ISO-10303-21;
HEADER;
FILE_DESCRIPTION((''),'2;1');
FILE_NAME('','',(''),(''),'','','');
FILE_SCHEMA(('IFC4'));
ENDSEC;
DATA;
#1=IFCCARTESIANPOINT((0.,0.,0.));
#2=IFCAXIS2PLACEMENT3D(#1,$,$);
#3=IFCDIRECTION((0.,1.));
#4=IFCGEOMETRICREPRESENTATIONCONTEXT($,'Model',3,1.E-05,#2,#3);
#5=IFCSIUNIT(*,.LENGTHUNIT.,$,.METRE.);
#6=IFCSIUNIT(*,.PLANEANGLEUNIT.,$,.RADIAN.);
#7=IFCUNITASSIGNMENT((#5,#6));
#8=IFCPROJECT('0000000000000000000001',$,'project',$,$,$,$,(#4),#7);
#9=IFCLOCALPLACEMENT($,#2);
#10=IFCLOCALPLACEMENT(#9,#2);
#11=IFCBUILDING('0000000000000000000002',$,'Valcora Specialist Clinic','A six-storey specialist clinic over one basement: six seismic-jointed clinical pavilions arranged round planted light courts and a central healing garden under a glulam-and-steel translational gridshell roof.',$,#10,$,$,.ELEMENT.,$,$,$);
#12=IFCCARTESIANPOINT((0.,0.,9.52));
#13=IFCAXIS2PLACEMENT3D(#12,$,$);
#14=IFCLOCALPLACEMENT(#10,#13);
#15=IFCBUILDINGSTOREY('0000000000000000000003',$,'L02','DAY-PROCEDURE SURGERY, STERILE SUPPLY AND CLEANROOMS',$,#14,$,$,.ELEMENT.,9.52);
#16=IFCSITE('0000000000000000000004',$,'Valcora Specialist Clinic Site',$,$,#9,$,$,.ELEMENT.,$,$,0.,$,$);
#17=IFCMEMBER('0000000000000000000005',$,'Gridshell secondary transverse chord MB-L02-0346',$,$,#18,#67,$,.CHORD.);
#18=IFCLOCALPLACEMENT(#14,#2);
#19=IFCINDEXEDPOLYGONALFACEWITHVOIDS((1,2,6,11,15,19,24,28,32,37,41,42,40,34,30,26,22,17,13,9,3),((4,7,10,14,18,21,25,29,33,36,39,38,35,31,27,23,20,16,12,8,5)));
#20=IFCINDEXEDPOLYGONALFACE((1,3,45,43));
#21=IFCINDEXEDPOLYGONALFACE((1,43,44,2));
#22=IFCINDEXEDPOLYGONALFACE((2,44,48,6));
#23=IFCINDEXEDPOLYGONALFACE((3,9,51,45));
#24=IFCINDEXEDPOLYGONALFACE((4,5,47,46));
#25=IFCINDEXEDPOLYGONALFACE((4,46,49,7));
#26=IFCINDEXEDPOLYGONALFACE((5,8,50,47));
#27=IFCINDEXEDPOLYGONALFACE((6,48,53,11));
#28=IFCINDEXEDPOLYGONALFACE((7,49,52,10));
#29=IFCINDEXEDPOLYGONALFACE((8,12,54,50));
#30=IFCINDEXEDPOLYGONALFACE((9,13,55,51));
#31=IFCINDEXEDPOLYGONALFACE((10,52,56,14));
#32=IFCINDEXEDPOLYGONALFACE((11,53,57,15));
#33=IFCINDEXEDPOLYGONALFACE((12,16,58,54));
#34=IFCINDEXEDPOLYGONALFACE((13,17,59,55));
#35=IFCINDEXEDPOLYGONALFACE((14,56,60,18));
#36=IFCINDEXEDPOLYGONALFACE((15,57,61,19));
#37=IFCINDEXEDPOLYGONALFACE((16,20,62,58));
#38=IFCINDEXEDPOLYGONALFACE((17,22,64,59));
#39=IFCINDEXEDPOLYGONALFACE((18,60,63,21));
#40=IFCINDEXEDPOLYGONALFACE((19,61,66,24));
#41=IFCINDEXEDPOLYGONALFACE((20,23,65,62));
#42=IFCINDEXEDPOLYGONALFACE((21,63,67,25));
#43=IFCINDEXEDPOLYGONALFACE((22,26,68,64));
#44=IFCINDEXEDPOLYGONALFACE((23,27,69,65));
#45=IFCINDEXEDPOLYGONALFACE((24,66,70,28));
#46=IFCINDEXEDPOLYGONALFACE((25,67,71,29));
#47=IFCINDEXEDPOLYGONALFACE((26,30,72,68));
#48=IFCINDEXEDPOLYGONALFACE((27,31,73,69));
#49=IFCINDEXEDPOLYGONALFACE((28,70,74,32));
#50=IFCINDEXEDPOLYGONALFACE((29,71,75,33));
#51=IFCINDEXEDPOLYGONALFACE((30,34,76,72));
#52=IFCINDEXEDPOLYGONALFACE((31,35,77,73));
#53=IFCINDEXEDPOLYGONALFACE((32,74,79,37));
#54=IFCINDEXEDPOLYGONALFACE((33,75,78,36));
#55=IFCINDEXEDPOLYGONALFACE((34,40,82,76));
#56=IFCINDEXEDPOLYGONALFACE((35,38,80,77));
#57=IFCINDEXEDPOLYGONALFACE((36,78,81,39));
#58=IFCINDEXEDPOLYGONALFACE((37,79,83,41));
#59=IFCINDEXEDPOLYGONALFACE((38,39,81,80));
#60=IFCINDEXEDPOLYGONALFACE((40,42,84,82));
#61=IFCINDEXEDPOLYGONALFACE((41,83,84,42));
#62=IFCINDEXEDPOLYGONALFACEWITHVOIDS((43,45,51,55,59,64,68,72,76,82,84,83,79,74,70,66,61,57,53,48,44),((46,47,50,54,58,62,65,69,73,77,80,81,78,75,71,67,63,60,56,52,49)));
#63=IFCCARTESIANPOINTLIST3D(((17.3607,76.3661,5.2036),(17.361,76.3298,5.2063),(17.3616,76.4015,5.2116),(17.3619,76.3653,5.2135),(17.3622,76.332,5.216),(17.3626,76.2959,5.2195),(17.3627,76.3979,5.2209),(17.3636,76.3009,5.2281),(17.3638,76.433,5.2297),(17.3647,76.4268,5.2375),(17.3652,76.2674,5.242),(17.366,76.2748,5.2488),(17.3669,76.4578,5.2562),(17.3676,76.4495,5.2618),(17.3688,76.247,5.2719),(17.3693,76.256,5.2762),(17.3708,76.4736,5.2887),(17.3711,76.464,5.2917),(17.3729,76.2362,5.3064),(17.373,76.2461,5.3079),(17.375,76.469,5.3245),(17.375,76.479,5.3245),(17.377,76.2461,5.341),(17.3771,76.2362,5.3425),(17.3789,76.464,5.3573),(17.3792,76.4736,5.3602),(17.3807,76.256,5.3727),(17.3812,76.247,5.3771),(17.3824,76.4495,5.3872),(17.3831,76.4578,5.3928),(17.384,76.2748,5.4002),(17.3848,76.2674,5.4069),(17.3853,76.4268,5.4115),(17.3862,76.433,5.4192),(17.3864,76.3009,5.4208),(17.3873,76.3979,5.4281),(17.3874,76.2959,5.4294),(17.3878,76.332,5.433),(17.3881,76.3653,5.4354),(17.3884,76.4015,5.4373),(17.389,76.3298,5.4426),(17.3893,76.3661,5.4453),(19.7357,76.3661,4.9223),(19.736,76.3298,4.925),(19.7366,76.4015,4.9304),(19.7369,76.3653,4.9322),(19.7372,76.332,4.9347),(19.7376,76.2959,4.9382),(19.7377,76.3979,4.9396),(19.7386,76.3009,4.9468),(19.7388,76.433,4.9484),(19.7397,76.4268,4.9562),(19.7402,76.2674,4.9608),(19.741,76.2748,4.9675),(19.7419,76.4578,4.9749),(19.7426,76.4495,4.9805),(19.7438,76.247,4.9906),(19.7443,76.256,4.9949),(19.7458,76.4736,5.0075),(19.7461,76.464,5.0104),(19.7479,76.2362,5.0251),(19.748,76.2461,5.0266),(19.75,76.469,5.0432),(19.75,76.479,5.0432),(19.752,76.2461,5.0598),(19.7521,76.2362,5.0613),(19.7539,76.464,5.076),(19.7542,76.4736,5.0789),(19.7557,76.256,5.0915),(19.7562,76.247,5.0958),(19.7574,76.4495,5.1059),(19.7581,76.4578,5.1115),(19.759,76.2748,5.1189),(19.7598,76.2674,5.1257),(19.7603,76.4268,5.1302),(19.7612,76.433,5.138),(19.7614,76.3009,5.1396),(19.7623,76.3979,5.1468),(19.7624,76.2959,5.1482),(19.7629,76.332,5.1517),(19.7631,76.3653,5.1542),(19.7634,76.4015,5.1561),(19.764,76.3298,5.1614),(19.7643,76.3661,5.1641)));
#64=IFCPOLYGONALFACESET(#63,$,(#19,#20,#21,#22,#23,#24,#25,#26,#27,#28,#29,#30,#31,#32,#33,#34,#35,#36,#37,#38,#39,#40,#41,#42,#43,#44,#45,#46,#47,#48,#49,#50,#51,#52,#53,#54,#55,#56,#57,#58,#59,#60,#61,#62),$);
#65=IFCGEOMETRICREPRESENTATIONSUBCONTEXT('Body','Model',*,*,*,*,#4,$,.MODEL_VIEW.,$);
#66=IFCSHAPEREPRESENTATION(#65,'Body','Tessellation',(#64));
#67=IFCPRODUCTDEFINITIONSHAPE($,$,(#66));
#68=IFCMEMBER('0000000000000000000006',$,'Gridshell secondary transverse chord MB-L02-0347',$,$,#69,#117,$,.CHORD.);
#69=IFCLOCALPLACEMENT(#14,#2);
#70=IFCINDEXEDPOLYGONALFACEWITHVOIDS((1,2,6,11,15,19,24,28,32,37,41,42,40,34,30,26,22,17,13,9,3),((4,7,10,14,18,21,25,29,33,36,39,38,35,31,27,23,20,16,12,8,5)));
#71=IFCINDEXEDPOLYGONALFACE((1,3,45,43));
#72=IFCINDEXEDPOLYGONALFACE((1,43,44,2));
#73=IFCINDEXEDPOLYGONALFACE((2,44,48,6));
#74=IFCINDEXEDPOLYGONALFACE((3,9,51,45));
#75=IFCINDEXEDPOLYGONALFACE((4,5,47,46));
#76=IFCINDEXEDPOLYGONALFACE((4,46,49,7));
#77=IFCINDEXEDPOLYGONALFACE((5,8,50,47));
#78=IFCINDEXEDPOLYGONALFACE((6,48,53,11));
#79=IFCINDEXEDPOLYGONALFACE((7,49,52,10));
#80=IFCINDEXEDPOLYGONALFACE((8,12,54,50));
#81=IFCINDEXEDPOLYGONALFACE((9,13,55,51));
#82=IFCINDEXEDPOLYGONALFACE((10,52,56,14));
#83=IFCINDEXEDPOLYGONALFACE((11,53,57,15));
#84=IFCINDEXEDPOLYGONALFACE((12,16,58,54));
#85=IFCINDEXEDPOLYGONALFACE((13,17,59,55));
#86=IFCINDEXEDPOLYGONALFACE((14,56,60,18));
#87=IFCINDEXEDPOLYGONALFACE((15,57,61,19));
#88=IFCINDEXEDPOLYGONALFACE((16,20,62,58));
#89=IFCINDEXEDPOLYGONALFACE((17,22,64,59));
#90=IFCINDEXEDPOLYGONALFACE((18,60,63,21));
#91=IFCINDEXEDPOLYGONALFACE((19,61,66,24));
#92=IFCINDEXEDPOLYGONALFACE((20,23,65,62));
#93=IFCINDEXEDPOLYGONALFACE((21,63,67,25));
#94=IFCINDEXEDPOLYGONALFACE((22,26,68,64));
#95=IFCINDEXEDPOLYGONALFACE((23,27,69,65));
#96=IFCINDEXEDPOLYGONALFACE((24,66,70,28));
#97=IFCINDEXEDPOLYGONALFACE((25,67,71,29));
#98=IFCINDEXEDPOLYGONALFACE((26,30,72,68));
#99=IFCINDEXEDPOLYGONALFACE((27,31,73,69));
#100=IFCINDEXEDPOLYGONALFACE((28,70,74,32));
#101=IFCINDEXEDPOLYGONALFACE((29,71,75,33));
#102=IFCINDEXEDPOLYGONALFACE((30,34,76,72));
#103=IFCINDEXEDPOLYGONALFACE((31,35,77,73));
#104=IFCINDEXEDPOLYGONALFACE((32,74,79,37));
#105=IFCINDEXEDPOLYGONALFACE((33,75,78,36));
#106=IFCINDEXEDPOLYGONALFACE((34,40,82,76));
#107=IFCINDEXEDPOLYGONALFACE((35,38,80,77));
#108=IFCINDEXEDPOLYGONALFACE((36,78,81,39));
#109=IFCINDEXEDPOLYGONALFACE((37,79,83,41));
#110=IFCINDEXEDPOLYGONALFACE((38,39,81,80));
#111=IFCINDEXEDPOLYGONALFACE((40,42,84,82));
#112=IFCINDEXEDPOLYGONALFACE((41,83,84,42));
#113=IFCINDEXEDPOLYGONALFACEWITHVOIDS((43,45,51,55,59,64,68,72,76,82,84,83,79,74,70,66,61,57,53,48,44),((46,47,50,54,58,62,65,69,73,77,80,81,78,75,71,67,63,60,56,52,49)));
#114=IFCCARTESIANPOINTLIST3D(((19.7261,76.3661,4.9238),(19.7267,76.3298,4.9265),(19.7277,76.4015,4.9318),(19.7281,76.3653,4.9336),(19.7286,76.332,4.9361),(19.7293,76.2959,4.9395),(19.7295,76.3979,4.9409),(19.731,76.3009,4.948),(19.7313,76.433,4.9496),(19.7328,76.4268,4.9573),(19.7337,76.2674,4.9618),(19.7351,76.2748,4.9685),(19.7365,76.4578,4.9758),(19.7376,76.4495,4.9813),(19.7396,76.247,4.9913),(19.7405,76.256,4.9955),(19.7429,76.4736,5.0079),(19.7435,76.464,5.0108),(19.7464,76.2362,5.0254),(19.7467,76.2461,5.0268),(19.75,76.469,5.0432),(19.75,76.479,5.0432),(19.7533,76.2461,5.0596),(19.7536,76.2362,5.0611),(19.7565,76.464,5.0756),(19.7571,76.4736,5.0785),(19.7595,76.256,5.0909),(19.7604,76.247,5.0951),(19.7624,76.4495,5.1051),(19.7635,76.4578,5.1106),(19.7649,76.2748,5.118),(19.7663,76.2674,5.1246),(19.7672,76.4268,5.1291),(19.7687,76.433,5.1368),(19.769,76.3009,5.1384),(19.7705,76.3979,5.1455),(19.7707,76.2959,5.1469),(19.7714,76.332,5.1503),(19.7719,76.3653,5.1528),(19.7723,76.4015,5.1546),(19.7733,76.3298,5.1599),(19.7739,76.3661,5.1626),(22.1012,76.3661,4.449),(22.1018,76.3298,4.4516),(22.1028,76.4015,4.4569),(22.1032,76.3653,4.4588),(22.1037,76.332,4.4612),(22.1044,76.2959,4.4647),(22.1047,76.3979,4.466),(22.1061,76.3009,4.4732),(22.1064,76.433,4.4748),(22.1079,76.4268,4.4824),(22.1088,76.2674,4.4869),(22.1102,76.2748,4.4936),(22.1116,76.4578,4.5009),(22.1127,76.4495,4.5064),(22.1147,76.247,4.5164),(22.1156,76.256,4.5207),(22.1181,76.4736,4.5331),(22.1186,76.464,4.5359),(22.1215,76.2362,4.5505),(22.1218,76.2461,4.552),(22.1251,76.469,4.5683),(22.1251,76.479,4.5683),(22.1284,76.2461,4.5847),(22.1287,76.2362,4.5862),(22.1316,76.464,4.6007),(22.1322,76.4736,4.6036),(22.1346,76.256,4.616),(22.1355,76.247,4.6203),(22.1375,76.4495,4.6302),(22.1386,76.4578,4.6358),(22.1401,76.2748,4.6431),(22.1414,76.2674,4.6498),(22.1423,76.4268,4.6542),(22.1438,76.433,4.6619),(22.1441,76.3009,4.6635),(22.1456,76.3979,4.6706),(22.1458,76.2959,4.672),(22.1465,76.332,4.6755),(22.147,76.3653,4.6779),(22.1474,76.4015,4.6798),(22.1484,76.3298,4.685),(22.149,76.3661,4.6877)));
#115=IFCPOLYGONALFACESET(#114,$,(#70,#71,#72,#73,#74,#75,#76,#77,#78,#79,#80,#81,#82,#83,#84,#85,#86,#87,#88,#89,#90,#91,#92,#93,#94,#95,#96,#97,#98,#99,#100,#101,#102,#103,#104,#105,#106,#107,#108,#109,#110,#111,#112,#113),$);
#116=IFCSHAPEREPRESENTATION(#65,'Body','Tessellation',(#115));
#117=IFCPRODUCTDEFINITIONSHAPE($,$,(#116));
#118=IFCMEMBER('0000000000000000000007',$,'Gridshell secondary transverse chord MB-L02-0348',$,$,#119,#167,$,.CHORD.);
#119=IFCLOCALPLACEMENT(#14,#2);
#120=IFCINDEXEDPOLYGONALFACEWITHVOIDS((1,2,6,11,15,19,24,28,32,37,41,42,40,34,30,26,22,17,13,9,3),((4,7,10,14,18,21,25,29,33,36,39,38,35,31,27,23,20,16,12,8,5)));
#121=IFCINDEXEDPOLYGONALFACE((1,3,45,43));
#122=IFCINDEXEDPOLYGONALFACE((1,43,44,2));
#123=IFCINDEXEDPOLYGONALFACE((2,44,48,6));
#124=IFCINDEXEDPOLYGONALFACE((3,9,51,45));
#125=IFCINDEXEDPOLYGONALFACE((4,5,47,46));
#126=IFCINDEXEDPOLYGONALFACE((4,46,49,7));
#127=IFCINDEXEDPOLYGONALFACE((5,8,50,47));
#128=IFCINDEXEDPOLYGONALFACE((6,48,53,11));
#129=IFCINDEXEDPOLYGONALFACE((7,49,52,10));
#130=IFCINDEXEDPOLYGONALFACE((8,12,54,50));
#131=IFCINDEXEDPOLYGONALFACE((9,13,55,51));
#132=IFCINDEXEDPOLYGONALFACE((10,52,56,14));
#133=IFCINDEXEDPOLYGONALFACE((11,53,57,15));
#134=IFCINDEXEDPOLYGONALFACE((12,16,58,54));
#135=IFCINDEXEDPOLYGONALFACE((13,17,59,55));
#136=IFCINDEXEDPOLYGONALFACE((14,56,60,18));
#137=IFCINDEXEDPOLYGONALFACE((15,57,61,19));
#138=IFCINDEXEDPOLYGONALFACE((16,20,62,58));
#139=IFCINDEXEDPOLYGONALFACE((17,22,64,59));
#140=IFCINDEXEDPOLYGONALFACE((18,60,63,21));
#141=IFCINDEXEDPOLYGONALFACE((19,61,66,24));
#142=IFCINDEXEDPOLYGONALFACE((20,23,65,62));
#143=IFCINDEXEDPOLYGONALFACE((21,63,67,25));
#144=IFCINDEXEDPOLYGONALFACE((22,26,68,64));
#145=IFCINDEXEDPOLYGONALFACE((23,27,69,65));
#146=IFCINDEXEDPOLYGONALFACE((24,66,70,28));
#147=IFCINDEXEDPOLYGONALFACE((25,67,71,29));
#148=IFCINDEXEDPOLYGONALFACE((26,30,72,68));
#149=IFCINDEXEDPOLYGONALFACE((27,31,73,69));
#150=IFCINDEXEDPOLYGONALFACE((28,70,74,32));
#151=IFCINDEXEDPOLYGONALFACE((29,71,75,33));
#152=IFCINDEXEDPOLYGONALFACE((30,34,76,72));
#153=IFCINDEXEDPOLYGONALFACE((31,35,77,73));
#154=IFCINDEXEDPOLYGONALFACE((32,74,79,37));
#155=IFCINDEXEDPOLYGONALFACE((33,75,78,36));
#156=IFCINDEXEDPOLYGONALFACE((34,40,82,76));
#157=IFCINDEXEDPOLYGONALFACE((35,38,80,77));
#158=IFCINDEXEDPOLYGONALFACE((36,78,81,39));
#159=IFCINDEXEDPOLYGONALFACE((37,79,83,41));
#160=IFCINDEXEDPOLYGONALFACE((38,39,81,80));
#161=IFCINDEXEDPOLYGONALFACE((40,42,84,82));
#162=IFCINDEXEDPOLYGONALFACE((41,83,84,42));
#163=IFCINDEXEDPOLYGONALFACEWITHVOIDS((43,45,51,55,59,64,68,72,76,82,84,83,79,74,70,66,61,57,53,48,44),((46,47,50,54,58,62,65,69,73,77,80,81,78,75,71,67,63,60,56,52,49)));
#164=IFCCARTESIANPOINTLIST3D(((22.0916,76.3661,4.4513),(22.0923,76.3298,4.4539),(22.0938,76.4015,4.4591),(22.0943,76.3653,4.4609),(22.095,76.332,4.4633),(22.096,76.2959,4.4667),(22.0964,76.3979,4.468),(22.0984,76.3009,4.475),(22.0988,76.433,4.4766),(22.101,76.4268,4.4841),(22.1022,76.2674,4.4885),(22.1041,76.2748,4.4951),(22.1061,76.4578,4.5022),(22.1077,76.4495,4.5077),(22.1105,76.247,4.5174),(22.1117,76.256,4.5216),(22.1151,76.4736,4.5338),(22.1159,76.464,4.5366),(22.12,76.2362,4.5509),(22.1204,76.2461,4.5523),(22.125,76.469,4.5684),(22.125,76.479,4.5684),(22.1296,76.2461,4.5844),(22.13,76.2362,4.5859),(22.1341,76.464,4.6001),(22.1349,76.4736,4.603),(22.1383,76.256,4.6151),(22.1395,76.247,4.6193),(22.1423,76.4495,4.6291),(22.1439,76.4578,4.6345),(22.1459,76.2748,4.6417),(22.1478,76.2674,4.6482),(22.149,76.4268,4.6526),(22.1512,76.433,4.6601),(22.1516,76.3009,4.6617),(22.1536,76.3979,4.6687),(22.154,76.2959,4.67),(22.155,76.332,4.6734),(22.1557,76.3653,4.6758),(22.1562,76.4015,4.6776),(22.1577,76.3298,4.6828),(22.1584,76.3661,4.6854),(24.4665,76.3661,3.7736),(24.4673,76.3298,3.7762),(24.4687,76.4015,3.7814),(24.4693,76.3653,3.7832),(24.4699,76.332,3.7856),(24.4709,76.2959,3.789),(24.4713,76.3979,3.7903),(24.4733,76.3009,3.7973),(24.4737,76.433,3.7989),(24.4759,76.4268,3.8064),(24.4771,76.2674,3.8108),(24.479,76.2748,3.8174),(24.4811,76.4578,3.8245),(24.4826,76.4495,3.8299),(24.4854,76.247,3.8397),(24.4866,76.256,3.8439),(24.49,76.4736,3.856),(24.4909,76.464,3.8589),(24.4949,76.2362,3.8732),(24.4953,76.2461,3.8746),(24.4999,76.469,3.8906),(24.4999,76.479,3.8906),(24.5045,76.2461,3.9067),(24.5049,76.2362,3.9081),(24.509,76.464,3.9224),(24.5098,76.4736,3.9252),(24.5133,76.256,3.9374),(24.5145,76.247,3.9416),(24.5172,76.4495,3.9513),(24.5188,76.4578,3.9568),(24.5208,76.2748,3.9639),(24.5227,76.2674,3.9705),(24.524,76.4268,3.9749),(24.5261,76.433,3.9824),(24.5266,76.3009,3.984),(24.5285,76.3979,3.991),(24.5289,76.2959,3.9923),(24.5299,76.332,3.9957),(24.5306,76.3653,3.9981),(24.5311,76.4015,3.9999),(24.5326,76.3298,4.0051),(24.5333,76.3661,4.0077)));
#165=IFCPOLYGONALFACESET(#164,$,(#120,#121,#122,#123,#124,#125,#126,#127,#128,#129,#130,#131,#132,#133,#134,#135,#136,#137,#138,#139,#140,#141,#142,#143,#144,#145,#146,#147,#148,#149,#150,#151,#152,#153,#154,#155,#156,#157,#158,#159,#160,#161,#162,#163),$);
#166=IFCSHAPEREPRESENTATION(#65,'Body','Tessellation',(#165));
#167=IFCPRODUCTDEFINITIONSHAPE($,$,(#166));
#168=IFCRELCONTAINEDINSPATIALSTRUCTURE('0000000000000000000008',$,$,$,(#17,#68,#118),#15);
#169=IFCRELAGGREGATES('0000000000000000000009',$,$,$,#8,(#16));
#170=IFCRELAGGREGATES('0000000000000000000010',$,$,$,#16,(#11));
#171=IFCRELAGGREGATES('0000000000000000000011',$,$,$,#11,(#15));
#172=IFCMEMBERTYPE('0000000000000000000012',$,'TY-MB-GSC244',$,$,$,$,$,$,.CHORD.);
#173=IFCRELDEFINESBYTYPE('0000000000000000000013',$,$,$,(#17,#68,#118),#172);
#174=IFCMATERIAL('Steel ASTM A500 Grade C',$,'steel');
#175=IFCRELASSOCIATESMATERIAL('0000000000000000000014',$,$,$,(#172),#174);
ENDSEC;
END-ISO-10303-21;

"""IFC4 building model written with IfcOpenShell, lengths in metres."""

from ifc_helpers import new_model, si_unit, direction, frame, origin, origin_2d, place, context, subcontext, project, spatial, hollow_circle, extrude, material, material_profile, profile_set, type_object, element, save


model = new_model("IFC4")

# Units and contexts
model_context = context("Model", 3, precision=1e-05, world=origin(), true_north=direction((0.0, 1.0)))
body_context = subcontext(model_context, "Body", "Model", "MODEL_VIEW")
ifc_project = project(units=[si_unit("LENGTHUNIT", "METRE"), si_unit("PLANEANGLEUNIT", "RADIAN")], contexts=[model_context])

# Site, building, storey
site_placement = place(None, origin())
site = spatial("IfcSite", under=ifc_project, at=site_placement, Name="Valcora Specialist Clinic Site", CompositionType="ELEMENT", RefElevation=0.0)
building_placement = place(site_placement, origin())
building = spatial("IfcBuilding", under=site, at=building_placement, Name="Valcora Specialist Clinic", Description="A six-storey specialist clinic over one basement: six seismic-jointed clinical pavilions arranged round planted light courts and a central healing garden under a glulam-and-steel translational gridshell roof.", CompositionType="ELEMENT")
storey_placement = place(building_placement, frame((0.0, 0.0, 9.52)))
storey = spatial("IfcBuildingStorey", under=building, at=storey_placement, Name="L02", Description="DAY-PROCEDURE SURGERY, STERILE SUPPLY AND CLEANROOMS", CompositionType="ELEMENT", Elevation=9.52)

# Members
ifc_material_1 = material(Name="Steel ASTM A500 Grade C", Category="steel")
ifc_material_profile_1 = material_profile(ifc_material_1, hollow_circle(Radius=0.1221, WallThickness=0.01, at=origin_2d()), Name="ST-CHS-244X10")
ifc_profile_set_1 = profile_set([ifc_material_profile_1], Name="Steel ASTM A500 Grade C")
member_type_1 = type_object("IfcMemberType", Name="TY-MB-GSC244", PredefinedType="CHORD", material=ifc_profile_set_1)
member_1_placement = place(storey_placement, frame((17.375, 76.3569, 5.3245), z_axis=(0.993061, 0.0, -0.117599), x_axis=(0.0, 1.0, 0.0)))
element("IfcMember", 1, at=member_1_placement, inside=storey, type_object=member_type_1, Name="Gridshell secondary transverse chord MB-L02-0346", PredefinedType="CHORD", context=body_context, shape_type="SweptSolid", body=[
    extrude(hollow_circle(Radius=0.1221, WallThickness=0.01, at=origin_2d()), origin(), (0.0, 0.0, 1.0), 2.3916),
])
member_2_placement = place(storey_placement, frame((19.75, 76.3569, 5.0432), z_axis=(0.980592, 0.0, -0.196058), x_axis=(0.0, 1.0, 0.0)))
element("IfcMember", 2, at=member_2_placement, inside=storey, type_object=member_type_1, Name="Gridshell secondary transverse chord MB-L02-0347", PredefinedType="CHORD", context=body_context, shape_type="SweptSolid", body=[
    extrude(hollow_circle(Radius=0.1221, WallThickness=0.01, at=origin_2d()), origin(), (0.0, 0.0, 1.0), 2.4221),
])
member_3_placement = place(storey_placement, frame((22.125, 76.3569, 4.5684), z_axis=(0.961613, 0.0, -0.274408), x_axis=(0.0, 1.0, 0.0)))
element("IfcMember", 3, at=member_3_placement, inside=storey, type_object=member_type_1, Name="Gridshell secondary transverse chord MB-L02-0348", PredefinedType="CHORD", context=body_context, shape_type="SweptSolid", body=[
    extrude(hollow_circle(Radius=0.1221, WallThickness=0.01, at=origin_2d()), origin(), (0.0, 0.0, 1.0), 2.4697),
])

save(model, "model.ifc")
